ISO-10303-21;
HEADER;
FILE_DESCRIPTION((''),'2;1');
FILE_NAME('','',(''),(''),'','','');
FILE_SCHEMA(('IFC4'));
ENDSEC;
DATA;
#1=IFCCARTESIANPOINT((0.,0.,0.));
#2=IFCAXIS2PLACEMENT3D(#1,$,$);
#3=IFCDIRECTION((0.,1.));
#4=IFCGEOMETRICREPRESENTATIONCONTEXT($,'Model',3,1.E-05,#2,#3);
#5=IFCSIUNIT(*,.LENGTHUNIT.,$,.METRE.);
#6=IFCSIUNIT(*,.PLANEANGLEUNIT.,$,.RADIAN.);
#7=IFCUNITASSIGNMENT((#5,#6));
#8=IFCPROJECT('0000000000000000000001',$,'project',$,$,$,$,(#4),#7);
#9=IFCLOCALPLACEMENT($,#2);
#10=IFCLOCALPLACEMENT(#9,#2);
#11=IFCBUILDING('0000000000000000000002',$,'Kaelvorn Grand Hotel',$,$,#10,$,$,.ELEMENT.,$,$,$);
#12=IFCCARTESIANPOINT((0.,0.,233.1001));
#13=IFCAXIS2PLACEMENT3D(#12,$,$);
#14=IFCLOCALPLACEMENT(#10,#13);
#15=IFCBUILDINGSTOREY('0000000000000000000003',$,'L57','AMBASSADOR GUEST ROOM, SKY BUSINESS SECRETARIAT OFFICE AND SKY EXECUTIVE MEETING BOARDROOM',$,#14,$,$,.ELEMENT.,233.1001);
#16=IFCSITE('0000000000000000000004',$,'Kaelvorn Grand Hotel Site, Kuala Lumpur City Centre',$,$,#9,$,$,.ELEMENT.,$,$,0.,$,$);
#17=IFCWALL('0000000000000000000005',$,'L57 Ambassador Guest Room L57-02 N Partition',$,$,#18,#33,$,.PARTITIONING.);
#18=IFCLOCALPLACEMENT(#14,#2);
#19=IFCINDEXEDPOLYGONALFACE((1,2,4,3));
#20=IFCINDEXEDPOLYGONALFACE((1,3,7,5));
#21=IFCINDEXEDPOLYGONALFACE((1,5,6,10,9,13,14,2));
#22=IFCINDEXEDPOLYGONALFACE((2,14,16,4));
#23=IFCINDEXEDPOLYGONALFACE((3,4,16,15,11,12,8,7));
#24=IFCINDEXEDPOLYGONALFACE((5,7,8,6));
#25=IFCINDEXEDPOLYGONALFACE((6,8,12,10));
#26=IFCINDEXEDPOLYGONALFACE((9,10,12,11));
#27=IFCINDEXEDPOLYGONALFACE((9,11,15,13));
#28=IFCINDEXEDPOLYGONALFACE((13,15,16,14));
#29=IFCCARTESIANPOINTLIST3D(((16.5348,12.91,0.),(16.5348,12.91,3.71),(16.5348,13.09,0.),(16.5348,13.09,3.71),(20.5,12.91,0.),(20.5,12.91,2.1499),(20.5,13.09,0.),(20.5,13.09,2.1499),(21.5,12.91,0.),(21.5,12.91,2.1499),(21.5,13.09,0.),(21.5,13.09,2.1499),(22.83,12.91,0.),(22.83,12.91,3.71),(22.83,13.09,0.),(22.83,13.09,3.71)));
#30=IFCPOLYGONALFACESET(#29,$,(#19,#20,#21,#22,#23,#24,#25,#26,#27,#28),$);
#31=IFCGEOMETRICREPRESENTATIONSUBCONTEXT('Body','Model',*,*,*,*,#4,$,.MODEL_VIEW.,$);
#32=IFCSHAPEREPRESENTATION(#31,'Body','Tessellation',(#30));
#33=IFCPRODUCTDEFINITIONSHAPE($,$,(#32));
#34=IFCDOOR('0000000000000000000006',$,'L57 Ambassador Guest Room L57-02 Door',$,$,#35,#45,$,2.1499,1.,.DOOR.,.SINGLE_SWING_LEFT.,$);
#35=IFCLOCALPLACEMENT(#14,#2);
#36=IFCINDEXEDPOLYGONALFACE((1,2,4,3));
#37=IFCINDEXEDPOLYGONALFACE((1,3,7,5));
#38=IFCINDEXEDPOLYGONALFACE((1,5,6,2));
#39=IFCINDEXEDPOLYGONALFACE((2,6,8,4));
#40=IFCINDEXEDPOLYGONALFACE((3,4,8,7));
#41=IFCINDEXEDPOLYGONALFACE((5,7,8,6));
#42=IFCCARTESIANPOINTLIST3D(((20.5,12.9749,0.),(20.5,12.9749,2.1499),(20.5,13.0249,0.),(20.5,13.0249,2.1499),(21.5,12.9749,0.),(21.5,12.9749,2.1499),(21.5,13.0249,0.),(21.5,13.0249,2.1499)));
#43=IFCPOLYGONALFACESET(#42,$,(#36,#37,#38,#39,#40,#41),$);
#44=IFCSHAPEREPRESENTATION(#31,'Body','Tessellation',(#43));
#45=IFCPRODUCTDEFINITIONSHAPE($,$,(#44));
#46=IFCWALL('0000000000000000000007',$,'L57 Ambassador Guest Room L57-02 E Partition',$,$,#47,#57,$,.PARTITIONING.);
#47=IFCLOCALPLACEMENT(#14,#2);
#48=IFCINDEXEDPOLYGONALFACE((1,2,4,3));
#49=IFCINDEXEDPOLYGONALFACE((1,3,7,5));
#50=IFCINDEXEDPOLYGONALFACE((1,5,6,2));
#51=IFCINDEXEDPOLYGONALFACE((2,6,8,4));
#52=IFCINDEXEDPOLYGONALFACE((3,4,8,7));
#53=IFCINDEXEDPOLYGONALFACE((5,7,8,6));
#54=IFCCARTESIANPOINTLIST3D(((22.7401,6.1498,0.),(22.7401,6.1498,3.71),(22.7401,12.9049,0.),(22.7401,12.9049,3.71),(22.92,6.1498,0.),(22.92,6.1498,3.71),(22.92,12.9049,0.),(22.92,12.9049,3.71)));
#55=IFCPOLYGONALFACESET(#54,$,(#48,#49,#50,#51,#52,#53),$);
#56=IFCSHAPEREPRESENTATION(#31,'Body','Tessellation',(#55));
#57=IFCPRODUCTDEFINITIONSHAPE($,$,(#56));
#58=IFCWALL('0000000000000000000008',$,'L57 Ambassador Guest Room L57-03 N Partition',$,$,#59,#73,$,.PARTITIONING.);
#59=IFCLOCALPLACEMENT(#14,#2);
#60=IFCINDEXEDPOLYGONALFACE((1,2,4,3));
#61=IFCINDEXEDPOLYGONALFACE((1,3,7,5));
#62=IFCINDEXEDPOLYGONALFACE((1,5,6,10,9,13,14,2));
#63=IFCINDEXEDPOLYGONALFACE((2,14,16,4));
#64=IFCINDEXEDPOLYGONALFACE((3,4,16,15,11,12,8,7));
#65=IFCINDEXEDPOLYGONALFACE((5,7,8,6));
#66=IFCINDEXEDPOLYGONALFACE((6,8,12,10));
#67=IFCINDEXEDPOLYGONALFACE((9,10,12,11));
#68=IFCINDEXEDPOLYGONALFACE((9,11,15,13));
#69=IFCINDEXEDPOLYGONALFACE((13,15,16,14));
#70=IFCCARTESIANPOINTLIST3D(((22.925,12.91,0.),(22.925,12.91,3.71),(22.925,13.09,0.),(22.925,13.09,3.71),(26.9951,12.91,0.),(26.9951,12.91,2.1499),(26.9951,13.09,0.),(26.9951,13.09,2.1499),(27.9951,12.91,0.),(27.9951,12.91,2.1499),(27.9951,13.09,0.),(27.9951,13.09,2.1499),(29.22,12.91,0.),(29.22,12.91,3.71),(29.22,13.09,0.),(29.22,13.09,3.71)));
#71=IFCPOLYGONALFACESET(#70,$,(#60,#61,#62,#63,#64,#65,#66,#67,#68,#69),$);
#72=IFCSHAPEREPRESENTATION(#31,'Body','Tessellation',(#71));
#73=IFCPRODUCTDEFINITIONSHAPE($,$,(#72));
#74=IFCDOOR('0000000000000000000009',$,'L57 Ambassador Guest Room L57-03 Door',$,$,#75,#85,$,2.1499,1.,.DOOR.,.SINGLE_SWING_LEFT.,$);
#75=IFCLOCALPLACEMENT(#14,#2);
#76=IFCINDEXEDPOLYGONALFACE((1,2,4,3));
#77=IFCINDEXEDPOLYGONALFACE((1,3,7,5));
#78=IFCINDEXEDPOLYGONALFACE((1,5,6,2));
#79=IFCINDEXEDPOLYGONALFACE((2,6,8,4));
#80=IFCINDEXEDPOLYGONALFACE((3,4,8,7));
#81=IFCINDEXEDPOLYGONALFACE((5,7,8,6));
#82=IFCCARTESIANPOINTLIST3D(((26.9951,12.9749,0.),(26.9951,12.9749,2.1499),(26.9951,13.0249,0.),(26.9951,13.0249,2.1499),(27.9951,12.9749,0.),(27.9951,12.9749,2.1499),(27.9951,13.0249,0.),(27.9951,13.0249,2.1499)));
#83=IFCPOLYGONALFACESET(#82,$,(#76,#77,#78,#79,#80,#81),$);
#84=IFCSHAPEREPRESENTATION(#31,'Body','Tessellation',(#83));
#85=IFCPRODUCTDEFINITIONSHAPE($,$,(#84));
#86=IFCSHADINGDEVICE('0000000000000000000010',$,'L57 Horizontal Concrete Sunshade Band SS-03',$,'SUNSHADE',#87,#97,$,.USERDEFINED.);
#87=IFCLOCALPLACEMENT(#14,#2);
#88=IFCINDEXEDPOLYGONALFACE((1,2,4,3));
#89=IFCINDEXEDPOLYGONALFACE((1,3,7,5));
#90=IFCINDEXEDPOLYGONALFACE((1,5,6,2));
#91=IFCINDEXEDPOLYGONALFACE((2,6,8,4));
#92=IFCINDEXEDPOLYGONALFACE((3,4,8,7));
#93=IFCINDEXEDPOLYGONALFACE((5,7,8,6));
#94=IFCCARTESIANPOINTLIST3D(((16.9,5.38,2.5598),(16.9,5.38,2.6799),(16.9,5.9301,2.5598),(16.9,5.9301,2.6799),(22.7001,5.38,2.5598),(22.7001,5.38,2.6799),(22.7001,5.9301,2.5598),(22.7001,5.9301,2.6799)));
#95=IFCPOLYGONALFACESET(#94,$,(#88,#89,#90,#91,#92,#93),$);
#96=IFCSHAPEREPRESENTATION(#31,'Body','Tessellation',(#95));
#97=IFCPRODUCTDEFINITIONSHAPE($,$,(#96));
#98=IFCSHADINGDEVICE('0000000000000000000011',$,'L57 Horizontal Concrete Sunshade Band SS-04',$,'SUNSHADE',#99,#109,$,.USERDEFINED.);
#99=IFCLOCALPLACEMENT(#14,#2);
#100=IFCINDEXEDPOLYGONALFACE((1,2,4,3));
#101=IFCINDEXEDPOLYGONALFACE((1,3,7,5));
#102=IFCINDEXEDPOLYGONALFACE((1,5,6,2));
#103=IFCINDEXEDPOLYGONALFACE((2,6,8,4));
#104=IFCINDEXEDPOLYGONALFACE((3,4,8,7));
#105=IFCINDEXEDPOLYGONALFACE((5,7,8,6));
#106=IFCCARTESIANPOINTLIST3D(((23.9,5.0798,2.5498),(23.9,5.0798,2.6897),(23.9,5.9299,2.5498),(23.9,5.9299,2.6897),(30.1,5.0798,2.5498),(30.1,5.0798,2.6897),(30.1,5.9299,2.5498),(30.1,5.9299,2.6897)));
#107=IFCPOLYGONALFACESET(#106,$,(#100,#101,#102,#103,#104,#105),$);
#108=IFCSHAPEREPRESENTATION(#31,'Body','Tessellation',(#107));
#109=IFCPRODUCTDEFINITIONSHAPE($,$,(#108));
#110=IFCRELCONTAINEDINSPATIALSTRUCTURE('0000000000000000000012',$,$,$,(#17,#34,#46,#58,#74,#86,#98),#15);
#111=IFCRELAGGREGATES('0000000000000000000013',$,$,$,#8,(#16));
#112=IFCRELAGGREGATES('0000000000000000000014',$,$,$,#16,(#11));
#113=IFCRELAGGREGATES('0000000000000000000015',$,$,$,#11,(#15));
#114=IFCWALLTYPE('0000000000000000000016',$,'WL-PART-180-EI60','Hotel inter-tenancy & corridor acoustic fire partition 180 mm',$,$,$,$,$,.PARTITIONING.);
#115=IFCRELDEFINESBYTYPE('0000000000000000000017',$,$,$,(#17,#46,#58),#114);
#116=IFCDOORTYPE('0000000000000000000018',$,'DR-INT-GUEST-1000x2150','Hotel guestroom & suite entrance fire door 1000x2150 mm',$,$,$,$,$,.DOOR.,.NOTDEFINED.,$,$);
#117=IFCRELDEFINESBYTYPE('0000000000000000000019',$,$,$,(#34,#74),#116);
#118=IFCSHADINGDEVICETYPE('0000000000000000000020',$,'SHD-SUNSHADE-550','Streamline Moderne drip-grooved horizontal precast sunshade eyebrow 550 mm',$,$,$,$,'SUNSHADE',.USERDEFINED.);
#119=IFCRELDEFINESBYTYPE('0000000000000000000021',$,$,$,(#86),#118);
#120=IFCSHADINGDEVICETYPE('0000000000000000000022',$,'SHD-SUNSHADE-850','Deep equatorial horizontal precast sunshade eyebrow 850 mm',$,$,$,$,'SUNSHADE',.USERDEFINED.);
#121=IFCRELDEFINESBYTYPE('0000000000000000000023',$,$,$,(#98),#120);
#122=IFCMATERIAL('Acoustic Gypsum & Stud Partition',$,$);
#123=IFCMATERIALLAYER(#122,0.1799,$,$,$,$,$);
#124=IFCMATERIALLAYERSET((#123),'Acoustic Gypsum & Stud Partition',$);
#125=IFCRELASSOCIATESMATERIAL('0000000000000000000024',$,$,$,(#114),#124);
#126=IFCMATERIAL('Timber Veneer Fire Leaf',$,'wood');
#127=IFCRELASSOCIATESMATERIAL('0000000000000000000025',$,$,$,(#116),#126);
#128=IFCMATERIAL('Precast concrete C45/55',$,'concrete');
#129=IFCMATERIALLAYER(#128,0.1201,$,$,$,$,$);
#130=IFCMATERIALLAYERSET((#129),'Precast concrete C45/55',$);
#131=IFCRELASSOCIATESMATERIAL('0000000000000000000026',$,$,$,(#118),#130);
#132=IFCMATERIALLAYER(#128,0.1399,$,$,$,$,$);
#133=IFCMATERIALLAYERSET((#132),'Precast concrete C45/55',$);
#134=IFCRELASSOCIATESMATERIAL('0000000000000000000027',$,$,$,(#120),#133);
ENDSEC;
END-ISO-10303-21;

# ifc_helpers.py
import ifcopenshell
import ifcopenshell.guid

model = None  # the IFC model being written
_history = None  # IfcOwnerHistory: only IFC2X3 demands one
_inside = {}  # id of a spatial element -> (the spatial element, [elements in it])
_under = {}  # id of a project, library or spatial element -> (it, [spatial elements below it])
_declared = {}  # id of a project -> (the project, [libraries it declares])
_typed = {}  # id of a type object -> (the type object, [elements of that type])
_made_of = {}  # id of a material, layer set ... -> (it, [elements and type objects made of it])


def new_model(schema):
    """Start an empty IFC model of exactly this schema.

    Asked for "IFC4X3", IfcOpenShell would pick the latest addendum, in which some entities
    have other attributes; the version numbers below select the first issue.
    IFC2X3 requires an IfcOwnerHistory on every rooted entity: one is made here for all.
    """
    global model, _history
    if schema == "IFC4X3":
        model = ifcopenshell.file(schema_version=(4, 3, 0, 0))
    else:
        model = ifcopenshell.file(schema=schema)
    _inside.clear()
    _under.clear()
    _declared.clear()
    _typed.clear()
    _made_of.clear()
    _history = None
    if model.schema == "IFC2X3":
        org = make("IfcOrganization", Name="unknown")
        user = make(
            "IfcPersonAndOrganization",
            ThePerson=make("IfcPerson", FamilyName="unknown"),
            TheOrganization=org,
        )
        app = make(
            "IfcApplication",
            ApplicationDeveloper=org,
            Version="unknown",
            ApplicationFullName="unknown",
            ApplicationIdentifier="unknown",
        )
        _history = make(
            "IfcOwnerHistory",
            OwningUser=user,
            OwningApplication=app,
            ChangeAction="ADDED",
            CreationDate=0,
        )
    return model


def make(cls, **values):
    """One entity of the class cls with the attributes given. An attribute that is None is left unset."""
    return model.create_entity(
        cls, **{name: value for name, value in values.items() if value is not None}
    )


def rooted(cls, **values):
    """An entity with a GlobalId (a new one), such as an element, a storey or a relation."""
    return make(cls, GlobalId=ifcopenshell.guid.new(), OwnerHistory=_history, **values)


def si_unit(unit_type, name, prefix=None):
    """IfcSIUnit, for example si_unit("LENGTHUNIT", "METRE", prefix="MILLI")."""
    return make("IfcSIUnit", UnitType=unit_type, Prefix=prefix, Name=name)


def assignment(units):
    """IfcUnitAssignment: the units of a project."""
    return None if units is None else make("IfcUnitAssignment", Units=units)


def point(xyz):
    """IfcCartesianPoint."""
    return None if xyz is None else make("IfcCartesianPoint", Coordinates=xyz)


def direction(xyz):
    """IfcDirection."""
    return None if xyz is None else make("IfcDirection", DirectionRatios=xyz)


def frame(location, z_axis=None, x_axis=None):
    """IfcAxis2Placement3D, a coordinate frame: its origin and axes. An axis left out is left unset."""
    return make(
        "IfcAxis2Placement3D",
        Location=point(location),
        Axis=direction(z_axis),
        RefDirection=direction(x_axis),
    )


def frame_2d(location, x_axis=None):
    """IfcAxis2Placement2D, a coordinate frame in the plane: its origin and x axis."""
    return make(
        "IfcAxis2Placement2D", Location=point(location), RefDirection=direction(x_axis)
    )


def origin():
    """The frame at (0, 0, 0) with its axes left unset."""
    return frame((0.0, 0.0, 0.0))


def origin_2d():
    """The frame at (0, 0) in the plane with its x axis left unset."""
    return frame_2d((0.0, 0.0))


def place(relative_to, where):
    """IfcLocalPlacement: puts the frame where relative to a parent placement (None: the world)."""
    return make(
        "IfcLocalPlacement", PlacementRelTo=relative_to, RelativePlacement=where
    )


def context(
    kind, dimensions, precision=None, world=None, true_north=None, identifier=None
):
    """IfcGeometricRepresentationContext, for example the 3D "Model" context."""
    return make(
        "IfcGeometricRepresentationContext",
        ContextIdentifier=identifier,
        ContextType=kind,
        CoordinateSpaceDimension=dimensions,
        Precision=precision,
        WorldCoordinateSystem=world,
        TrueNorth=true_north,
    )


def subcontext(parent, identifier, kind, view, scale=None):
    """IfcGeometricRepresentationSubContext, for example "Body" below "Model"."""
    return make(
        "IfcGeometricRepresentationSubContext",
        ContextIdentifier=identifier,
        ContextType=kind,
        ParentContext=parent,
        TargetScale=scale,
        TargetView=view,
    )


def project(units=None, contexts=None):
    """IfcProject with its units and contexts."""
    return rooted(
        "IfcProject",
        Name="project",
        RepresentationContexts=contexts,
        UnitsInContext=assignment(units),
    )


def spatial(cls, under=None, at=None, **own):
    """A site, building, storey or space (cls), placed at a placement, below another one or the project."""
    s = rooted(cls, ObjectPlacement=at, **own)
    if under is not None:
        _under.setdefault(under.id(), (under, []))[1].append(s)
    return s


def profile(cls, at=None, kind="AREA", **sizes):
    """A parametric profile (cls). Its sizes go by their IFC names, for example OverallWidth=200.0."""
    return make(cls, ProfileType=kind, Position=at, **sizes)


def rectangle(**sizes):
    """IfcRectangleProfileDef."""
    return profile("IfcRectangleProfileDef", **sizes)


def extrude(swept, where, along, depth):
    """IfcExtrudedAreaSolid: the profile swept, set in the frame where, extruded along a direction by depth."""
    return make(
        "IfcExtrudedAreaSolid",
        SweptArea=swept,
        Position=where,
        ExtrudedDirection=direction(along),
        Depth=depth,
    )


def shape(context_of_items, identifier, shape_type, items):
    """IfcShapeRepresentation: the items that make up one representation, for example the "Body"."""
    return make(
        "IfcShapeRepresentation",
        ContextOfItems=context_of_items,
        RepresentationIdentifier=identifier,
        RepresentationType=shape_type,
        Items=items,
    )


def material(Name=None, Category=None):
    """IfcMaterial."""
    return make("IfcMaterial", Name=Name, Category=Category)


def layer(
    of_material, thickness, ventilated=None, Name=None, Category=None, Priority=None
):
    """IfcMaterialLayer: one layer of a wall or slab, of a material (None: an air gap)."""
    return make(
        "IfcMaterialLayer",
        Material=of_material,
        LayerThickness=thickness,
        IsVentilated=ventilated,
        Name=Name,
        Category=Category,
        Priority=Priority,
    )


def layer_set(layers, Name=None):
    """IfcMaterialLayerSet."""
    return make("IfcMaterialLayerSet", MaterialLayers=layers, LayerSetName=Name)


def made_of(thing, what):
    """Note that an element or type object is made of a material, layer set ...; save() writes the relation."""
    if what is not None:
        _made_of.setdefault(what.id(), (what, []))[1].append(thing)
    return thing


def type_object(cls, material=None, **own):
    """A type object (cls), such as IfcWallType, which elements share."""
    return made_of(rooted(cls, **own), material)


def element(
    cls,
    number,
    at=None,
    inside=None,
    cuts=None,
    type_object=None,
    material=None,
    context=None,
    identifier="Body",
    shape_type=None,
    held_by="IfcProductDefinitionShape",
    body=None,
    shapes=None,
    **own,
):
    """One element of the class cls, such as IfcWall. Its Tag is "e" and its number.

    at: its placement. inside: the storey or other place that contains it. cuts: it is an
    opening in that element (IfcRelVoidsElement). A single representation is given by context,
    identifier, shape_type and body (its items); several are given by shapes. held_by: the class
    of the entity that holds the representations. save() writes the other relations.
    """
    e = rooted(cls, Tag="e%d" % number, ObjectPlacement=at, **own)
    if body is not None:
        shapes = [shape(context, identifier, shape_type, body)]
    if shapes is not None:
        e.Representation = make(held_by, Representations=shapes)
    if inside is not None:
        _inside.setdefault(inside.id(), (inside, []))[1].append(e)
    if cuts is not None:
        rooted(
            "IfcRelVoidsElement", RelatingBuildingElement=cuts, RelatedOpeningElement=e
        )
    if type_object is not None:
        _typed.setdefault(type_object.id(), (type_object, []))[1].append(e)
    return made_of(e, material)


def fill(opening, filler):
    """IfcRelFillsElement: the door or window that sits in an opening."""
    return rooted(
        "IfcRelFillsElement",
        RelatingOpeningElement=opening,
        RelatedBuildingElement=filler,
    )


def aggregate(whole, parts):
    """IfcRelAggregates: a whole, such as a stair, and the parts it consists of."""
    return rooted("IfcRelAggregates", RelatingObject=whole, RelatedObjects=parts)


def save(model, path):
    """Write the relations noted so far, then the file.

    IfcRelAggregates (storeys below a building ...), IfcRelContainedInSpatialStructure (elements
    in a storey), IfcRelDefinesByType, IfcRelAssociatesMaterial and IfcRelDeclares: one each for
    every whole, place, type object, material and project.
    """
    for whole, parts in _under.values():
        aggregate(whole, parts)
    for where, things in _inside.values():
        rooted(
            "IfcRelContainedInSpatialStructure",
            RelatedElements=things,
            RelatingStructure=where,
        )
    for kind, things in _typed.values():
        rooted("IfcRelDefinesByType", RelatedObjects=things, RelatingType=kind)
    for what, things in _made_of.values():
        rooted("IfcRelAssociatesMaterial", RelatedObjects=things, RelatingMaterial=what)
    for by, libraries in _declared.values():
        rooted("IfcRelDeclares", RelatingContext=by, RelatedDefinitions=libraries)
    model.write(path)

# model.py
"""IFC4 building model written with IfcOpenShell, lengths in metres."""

from ifc_helpers import new_model, si_unit, direction, frame, frame_2d, origin, origin_2d, place, context, subcontext, project, spatial, rectangle, extrude, material, layer, layer_set, type_object, element, fill, save


model = new_model("IFC4")

# Units and contexts
model_context = context("Model", 3, precision=1e-05, world=origin(), true_north=direction((0.0, 1.0)))
body_context = subcontext(model_context, "Body", "Model", "MODEL_VIEW")
ifc_project = project(units=[si_unit("LENGTHUNIT", "METRE"), si_unit("PLANEANGLEUNIT", "RADIAN")], contexts=[model_context])

# Site, building, storey
site_placement = place(None, origin())
site = spatial("IfcSite", under=ifc_project, at=site_placement, Name="Kaelvorn Grand Hotel Site, Kuala Lumpur City Centre", CompositionType="ELEMENT", RefElevation=0.0)
building_placement = place(site_placement, origin())
building = spatial("IfcBuilding", under=site, at=building_placement, Name="Kaelvorn Grand Hotel", CompositionType="ELEMENT")
storey_placement = place(building_placement, frame((0.0, 0.0, 233.1001)))
storey = spatial("IfcBuildingStorey", under=building, at=storey_placement, Name="L57", Description="AMBASSADOR GUEST ROOM, SKY BUSINESS SECRETARIAT OFFICE AND SKY EXECUTIVE MEETING BOARDROOM", CompositionType="ELEMENT", Elevation=233.1001)

# Shared definitions
ifc_material_1 = material(Name="Acoustic Gypsum & Stud Partition")

# Shared definitions
ifc_material_2 = material(Name="Timber Veneer Fire Leaf", Category="wood")

# Shared definitions
ifc_layer_1 = layer(ifc_material_1, 0.1799)
ifc_layer_set_1 = layer_set([ifc_layer_1], Name="Acoustic Gypsum & Stud Partition")
wall_type_1 = type_object("IfcWallType", Name="WL-PART-180-EI60", Description="Hotel inter-tenancy & corridor acoustic fire partition 180 mm", PredefinedType="PARTITIONING", material=ifc_layer_set_1)

# Wall, opening, door
wall_1_placement = place(storey_placement, frame((16.5349, 13.0, 0.0), z_axis=(0.0, 0.0, 1.0), x_axis=(1.0, 0.0, 0.0)))
wall_1 = element("IfcWall", 1, at=wall_1_placement, inside=storey, type_object=wall_type_1, Name="L57 Ambassador Guest Room L57-02 N Partition", PredefinedType="PARTITIONING", context=body_context, shape_type="SweptSolid", body=[
    extrude(rectangle(XDim=6.2952, YDim=0.1799, at=frame_2d((3.1475, 0.0))), origin(), (0.0, 0.0, 1.0), 3.71),
])
opening_1_placement = place(wall_1_placement, frame((3.9651, 0.0, 0.0)))
opening_1 = element("IfcOpeningElement", 2, at=opening_1_placement, cuts=wall_1, PredefinedType="OPENING", context=body_context, shape_type="SweptSolid", body=[
    extrude(rectangle(XDim=1.0, YDim=2.1499, at=frame_2d((0.5, 1.075))), frame((0.0, 0.1001, 0.0), z_axis=(0.0, -1.0, 0.0), x_axis=(1.0, 0.0, 0.0)), (0.0, 0.0, 1.0), 0.2),
])
door_type_1 = type_object("IfcDoorType", Name="DR-INT-GUEST-1000x2150", Description="Hotel guestroom & suite entrance fire door 1000x2150 mm", OperationType="NOTDEFINED", PredefinedType="DOOR", material=ifc_material_2)
door_1_placement = place(opening_1_placement, origin())
door_1 = element("IfcDoor", 3, at=door_1_placement, inside=storey, type_object=door_type_1, Name="L57 Ambassador Guest Room L57-02 Door", OperationType="SINGLE_SWING_LEFT", OverallHeight=2.1499, OverallWidth=1.0, PredefinedType="DOOR", context=body_context, shape_type="SweptSolid", body=[
    extrude(rectangle(XDim=1.0, YDim=2.1499, at=frame_2d((0.5, 1.075))), frame((0.0, 0.0249, 0.0), z_axis=(0.0, -1.0, 0.0), x_axis=(1.0, 0.0, 0.0)), (0.0, 0.0, 1.0), 0.05),
])
fill(opening_1, door_1)

# Wall
wall_2_placement = place(storey_placement, frame((22.8301, 6.1499, 0.0), z_axis=(0.0, 0.0, 1.0), x_axis=(0.0, 1.0, 0.0)))
element("IfcWall", 4, at=wall_2_placement, inside=storey, type_object=wall_type_1, Name="L57 Ambassador Guest Room L57-02 E Partition", PredefinedType="PARTITIONING", context=body_context, shape_type="SweptSolid", body=[
    extrude(rectangle(XDim=6.7551, YDim=0.1799, at=frame_2d((3.3774, 0.0))), origin(), (0.0, 0.0, 1.0), 3.71),
])

# Wall, opening, door
wall_3_placement = place(storey_placement, frame((22.925, 13.0, 0.0), z_axis=(0.0, 0.0, 1.0), x_axis=(1.0, 0.0, 0.0)))
wall_3 = element("IfcWall", 5, at=wall_3_placement, inside=storey, type_object=wall_type_1, Name="L57 Ambassador Guest Room L57-03 N Partition", PredefinedType="PARTITIONING", context=body_context, shape_type="SweptSolid", body=[
    extrude(rectangle(XDim=6.2949, YDim=0.1799, at=frame_2d((3.1475, 0.0))), origin(), (0.0, 0.0, 1.0), 3.71),
])
opening_2_placement = place(wall_3_placement, frame((4.0701, 0.0, 0.0)))
opening_2 = element("IfcOpeningElement", 6, at=opening_2_placement, cuts=wall_3, PredefinedType="OPENING", context=body_context, shape_type="SweptSolid", body=[
    extrude(rectangle(XDim=1.0, YDim=2.1499, at=frame_2d((0.5, 1.075))), frame((0.0, 0.1001, 0.0), z_axis=(0.0, -1.0, 0.0), x_axis=(1.0, 0.0, 0.0)), (0.0, 0.0, 1.0), 0.2),
])
door_2_placement = place(opening_2_placement, origin())
door_2 = element("IfcDoor", 7, at=door_2_placement, inside=storey, type_object=door_type_1, Name="L57 Ambassador Guest Room L57-03 Door", OperationType="SINGLE_SWING_LEFT", OverallHeight=2.1499, OverallWidth=1.0, PredefinedType="DOOR", context=body_context, shape_type="SweptSolid", body=[
    extrude(rectangle(XDim=1.0, YDim=2.1499, at=frame_2d((0.5, 1.075))), frame((0.0, 0.0249, 0.0), z_axis=(0.0, -1.0, 0.0), x_axis=(1.0, 0.0, 0.0)), (0.0, 0.0, 1.0), 0.05),
])
fill(opening_2, door_2)

# Shading devices
ifc_material_3 = material(Name="Precast concrete C45/55", Category="concrete")
ifc_layer_2 = layer(ifc_material_3, 0.1201)
ifc_layer_set_2 = layer_set([ifc_layer_2], Name="Precast concrete C45/55")
shading_device_type_1 = type_object("IfcShadingDeviceType", Name="SHD-SUNSHADE-550", Description="Streamline Moderne drip-grooved horizontal precast sunshade eyebrow 550 mm", ElementType="SUNSHADE", PredefinedType="USERDEFINED", material=ifc_layer_set_2)
shading_device_1_placement = place(storey_placement, frame((19.8, 5.655, 2.5598), z_axis=(0.0, 0.0, 1.0), x_axis=(1.0, 0.0, 0.0)))
element("IfcShadingDevice", 8, at=shading_device_1_placement, inside=storey, type_object=shading_device_type_1, Name="L57 Horizontal Concrete Sunshade Band SS-03", ObjectType="SUNSHADE", PredefinedType="USERDEFINED", context=body_context, shape_type="SweptSolid", body=[
    extrude(rectangle(XDim=5.8, YDim=0.55, at=origin_2d()), origin(), (0.0, 0.0, 1.0), 0.1201),
])
ifc_layer_3 = layer(ifc_material_3, 0.1399)
ifc_layer_set_3 = layer_set([ifc_layer_3], Name="Precast concrete C45/55")
shading_device_type_2 = type_object("IfcShadingDeviceType", Name="SHD-SUNSHADE-850", Description="Deep equatorial horizontal precast sunshade eyebrow 850 mm", ElementType="SUNSHADE", PredefinedType="USERDEFINED", material=ifc_layer_set_3)
shading_device_2_placement = place(storey_placement, frame((27.0, 5.5049, 2.5498), z_axis=(0.0, 0.0, 1.0), x_axis=(1.0, 0.0, 0.0)))
element("IfcShadingDevice", 9, at=shading_device_2_placement, inside=storey, type_object=shading_device_type_2, Name="L57 Horizontal Concrete Sunshade Band SS-04", ObjectType="SUNSHADE", PredefinedType="USERDEFINED", context=body_context, shape_type="SweptSolid", body=[
    extrude(rectangle(XDim=6.2, YDim=0.8501, at=origin_2d()), origin(), (0.0, 0.0, 1.0), 0.1399),
])

save(model, "model.ifc")
